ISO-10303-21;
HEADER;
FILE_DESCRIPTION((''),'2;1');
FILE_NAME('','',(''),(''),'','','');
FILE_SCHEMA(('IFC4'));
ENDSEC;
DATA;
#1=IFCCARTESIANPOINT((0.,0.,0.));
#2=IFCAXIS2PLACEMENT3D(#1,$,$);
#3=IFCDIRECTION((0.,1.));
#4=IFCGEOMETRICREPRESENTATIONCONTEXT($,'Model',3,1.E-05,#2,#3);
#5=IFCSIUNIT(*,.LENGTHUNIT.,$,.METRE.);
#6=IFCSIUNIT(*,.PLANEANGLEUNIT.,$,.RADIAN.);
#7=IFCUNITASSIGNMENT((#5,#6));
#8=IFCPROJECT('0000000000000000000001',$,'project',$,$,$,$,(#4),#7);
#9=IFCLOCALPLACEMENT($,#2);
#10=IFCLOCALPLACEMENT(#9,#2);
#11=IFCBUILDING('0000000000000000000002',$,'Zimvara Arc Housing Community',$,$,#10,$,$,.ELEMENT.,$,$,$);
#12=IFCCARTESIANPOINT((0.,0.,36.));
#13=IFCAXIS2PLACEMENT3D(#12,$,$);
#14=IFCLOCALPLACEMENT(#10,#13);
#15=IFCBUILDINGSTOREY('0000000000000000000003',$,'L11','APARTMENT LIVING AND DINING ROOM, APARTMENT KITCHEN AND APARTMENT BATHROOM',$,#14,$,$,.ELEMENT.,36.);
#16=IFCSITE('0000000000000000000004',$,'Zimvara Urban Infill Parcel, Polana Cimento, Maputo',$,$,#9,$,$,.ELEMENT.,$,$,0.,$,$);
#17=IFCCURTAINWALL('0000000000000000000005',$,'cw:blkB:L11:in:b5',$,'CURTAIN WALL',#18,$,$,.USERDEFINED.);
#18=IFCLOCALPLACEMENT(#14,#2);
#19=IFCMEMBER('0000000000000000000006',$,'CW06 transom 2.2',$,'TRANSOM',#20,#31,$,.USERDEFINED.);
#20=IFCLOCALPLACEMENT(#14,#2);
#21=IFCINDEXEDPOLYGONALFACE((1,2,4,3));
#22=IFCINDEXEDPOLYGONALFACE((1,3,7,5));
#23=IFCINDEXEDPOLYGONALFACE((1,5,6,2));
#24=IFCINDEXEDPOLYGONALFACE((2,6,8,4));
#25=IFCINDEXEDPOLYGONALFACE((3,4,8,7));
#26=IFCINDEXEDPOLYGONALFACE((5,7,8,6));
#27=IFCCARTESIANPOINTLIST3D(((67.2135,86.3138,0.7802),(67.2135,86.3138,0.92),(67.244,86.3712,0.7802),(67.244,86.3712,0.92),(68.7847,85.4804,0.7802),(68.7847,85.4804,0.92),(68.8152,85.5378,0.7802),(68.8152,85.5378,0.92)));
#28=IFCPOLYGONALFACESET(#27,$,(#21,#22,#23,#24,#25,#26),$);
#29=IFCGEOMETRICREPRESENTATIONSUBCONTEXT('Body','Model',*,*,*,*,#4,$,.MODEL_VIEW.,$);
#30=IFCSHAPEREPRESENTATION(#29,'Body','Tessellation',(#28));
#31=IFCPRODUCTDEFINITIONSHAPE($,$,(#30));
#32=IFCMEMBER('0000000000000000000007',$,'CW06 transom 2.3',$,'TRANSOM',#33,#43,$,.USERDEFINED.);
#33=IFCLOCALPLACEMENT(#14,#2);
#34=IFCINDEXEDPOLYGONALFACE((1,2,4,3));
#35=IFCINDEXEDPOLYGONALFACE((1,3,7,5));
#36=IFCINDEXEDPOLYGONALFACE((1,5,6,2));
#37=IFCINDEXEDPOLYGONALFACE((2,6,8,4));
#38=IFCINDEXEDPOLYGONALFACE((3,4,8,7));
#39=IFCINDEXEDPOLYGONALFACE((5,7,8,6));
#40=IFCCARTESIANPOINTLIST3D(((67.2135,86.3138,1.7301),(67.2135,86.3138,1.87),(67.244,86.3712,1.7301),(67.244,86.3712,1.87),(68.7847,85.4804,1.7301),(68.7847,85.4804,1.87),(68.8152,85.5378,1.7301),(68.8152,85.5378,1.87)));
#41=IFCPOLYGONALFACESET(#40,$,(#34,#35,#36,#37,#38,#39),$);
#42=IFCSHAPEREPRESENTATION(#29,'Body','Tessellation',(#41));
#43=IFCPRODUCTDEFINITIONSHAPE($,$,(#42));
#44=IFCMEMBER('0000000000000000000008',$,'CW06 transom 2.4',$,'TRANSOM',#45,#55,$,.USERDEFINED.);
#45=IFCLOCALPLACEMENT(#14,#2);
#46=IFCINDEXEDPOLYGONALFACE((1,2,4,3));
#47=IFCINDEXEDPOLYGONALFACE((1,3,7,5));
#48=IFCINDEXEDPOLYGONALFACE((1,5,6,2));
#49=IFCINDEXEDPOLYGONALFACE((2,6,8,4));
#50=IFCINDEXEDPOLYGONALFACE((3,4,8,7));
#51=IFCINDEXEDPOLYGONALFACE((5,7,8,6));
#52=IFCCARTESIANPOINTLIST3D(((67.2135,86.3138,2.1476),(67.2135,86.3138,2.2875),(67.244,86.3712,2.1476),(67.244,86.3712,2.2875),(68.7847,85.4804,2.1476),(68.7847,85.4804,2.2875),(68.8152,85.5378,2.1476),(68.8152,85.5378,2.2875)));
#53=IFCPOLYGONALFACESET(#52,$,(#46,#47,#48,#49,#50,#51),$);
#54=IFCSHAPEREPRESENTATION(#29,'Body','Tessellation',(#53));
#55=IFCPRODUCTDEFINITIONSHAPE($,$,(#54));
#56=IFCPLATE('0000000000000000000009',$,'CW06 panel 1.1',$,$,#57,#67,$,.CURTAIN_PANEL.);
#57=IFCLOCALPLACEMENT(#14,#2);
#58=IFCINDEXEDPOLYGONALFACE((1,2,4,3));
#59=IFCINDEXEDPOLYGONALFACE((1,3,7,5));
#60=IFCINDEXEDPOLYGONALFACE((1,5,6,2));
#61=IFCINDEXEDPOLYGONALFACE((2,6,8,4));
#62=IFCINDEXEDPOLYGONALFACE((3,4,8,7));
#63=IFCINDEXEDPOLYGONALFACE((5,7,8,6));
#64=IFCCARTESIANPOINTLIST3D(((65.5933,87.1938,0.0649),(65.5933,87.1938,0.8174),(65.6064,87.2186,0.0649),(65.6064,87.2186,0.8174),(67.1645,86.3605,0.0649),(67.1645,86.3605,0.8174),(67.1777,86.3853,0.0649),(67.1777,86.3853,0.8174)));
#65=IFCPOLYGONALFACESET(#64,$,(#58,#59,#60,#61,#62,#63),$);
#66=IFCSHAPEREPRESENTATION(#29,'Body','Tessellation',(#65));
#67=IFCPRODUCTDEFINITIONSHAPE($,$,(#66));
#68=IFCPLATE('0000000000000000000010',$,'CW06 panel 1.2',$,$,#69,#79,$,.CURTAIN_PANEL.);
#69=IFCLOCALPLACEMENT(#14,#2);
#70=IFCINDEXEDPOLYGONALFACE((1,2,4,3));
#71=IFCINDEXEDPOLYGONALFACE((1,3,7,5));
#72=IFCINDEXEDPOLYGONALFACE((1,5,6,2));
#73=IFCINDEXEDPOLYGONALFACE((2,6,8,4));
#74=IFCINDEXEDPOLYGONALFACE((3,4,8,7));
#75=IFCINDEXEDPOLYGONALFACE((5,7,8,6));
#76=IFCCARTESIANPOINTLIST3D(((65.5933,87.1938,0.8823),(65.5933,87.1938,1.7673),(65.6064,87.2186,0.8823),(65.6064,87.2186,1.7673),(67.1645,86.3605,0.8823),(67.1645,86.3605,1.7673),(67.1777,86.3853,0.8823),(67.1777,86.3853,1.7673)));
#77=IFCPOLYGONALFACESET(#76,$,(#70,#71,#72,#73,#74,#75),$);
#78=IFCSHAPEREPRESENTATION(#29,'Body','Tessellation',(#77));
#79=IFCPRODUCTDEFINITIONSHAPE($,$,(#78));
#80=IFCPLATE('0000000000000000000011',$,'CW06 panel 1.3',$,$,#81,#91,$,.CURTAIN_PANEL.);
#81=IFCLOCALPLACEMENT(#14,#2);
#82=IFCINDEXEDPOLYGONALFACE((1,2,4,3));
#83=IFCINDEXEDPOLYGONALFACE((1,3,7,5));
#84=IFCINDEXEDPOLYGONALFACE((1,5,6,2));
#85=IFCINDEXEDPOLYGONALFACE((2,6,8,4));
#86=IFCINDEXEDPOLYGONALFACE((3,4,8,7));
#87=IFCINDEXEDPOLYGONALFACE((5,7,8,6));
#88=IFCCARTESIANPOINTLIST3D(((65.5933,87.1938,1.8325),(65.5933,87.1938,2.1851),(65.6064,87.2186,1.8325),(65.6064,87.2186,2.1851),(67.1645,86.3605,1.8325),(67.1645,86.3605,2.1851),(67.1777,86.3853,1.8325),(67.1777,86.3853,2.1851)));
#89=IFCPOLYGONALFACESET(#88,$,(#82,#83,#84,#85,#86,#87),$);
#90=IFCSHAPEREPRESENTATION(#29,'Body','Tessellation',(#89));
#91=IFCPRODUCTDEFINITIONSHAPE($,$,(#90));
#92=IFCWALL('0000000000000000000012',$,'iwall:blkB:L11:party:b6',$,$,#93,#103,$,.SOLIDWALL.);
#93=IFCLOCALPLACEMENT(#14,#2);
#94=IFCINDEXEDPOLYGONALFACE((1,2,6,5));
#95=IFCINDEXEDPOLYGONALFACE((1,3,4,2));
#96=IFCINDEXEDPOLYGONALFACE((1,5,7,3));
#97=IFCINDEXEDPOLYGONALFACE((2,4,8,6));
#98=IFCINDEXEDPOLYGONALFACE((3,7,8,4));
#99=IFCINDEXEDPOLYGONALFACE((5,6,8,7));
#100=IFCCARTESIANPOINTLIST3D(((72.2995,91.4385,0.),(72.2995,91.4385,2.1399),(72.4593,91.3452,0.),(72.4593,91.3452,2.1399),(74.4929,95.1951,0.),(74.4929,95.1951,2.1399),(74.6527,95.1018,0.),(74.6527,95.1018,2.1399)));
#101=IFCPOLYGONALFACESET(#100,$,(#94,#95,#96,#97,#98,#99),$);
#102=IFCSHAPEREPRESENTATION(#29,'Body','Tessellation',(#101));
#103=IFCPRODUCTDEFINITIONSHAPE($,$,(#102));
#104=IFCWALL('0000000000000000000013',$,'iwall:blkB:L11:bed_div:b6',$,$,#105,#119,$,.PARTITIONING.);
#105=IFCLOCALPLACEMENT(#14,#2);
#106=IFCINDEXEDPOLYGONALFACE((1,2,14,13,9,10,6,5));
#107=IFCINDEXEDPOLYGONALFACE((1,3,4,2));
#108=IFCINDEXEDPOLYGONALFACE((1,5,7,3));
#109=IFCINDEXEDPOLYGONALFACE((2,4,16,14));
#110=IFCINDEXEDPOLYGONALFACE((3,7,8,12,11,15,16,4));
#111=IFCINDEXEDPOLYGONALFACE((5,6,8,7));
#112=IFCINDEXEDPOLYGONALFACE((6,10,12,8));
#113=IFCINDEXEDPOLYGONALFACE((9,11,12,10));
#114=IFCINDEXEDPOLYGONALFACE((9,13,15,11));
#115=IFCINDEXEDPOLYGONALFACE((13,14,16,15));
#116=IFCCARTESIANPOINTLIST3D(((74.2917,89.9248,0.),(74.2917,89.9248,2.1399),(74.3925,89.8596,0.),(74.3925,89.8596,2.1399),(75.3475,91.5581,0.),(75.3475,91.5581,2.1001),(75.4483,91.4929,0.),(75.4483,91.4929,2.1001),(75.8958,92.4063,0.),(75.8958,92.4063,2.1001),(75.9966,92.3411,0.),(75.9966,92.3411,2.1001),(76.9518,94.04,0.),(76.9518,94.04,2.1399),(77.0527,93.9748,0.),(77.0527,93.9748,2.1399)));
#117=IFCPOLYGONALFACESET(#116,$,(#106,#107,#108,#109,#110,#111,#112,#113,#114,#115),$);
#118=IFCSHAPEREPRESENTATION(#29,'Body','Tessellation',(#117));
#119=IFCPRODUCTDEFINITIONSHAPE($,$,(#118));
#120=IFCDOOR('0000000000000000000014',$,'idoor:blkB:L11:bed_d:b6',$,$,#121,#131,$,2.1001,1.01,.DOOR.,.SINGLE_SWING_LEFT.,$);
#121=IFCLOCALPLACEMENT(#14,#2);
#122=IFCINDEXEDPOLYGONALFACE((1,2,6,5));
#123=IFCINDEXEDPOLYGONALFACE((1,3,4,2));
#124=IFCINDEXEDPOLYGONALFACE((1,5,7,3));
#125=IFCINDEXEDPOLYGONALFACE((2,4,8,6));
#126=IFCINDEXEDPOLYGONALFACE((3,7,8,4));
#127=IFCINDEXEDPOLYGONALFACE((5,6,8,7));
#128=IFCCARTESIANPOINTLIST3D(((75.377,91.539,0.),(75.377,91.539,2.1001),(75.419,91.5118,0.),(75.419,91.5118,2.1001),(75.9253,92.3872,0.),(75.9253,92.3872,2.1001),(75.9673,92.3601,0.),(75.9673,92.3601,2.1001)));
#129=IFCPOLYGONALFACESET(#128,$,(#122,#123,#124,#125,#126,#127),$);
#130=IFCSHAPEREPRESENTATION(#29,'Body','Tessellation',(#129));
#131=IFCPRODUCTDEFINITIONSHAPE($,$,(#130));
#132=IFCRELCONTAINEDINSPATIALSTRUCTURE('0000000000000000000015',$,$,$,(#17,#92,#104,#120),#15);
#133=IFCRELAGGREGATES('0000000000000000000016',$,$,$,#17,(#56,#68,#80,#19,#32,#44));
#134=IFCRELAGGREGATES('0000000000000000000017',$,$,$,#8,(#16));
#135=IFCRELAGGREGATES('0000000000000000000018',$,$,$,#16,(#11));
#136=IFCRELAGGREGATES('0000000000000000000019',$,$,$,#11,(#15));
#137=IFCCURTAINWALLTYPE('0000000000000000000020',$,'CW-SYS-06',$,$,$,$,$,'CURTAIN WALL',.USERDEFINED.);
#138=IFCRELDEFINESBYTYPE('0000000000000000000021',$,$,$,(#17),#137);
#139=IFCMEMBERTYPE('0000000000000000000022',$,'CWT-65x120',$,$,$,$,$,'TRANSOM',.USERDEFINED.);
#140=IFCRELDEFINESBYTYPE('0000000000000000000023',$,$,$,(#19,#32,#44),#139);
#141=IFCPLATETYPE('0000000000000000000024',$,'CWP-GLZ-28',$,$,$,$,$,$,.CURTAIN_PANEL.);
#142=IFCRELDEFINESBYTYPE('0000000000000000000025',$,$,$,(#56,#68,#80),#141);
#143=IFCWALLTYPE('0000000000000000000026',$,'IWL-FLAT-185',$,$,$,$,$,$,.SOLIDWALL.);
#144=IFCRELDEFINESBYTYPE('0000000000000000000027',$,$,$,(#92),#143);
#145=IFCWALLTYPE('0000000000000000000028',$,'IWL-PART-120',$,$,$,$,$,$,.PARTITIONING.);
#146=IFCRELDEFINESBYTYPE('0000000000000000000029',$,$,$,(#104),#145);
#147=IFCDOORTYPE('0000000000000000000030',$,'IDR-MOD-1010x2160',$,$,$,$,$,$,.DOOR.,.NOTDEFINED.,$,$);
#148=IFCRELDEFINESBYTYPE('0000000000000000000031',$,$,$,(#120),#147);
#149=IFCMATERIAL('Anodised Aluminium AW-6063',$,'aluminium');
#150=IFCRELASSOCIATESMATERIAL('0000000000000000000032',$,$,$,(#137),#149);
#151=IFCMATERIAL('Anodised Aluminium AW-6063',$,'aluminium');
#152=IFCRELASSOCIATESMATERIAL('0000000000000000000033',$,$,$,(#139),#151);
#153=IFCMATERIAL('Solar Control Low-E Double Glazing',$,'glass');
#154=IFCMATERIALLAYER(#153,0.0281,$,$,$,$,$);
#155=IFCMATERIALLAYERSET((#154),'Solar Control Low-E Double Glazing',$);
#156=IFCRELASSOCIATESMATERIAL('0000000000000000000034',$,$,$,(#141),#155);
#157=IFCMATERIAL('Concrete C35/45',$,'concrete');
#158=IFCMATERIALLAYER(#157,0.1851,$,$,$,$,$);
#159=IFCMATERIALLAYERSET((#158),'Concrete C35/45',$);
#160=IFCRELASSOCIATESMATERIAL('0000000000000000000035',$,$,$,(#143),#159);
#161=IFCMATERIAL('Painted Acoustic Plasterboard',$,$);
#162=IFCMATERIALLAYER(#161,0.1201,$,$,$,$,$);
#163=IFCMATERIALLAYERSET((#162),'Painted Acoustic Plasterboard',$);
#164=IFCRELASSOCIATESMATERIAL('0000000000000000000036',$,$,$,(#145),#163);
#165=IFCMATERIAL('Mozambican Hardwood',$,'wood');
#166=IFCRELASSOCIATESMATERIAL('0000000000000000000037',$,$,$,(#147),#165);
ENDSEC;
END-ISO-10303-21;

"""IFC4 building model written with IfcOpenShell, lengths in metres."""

from ifc_helpers import new_model, si_unit, direction, frame, frame_2d, origin, origin_2d, place, context, subcontext, project, spatial, rectangle, extrude, material, layer, layer_set, material_profile, profile_set, type_object, element, fill, aggregate, save


model = new_model("IFC4")

# Units and contexts
model_context = context("Model", 3, precision=1e-05, world=origin(), true_north=direction((0.0, 1.0)))
body_context = subcontext(model_context, "Body", "Model", "MODEL_VIEW")
ifc_project = project(units=[si_unit("LENGTHUNIT", "METRE"), si_unit("PLANEANGLEUNIT", "RADIAN")], contexts=[model_context])

# Site, building, storey
site_placement = place(None, origin())
site = spatial("IfcSite", under=ifc_project, at=site_placement, Name="Zimvara Urban Infill Parcel, Polana Cimento, Maputo", CompositionType="ELEMENT", RefElevation=0.0)
building_placement = place(site_placement, origin())
building = spatial("IfcBuilding", under=site, at=building_placement, Name="Zimvara Arc Housing Community", CompositionType="ELEMENT")
storey_placement = place(building_placement, frame((0.0, 0.0, 36.0)))
storey = spatial("IfcBuildingStorey", under=building, at=storey_placement, Name="L11", Description="APARTMENT LIVING AND DINING ROOM, APARTMENT KITCHEN AND APARTMENT BATHROOM", CompositionType="ELEMENT", Elevation=36.0)

# Curtain wall, members, plates
ifc_material_1 = material(Name="Anodised Aluminium AW-6063", Category="aluminium")
curtain_wall_type = type_object("IfcCurtainWallType", Name="CW-SYS-06", ElementType="CURTAIN WALL", PredefinedType="USERDEFINED", material=ifc_material_1)
curtain_wall_placement = place(storey_placement, origin())
curtain_wall = element("IfcCurtainWall", 1, at=curtain_wall_placement, inside=storey, type_object=curtain_wall_type, Name="cw:blkB:L11:in:b5", ObjectType="CURTAIN WALL", PredefinedType="USERDEFINED")
ifc_material_2 = material(Name="Anodised Aluminium AW-6063", Category="aluminium")
ifc_material_profile_1 = material_profile(ifc_material_2, rectangle(XDim=0.0649, YDim=0.1399, at=origin_2d()), Name="ALU 65x140")
ifc_profile_set_1 = profile_set([ifc_material_profile_1], Name="Anodised Aluminium AW-6063")
member_type_1 = type_object("IfcMemberType", Name="CWT-65x120", ElementType="TRANSOM", PredefinedType="USERDEFINED", material=ifc_profile_set_1)
member_1_placement = place(storey_placement, frame((67.2288, 86.3425, 0.8501), z_axis=(0.883407, -0.468607, 0.0), x_axis=(0.468607, 0.883407, 0.0)))
member_1 = element("IfcMember", 2, at=member_1_placement, type_object=member_type_1, Name="CW06 transom 2.2", ObjectType="TRANSOM", PredefinedType="USERDEFINED", context=body_context, shape_type="SweptSolid", body=[
    extrude(rectangle(XDim=0.0649, YDim=0.1399, at=origin_2d()), origin(), (0.0, 0.0, 1.0), 1.7786),
])
member_2_placement = place(storey_placement, frame((67.2288, 86.3425, 1.8), z_axis=(0.883407, -0.468607, 0.0), x_axis=(0.468607, 0.883407, 0.0)))
member_2 = element("IfcMember", 3, at=member_2_placement, type_object=member_type_1, Name="CW06 transom 2.3", ObjectType="TRANSOM", PredefinedType="USERDEFINED", context=body_context, shape_type="SweptSolid", body=[
    extrude(rectangle(XDim=0.0649, YDim=0.1399, at=origin_2d()), origin(), (0.0, 0.0, 1.0), 1.7786),
])
member_3_placement = place(storey_placement, frame((67.2288, 86.3425, 2.2175), z_axis=(0.883407, -0.468607, 0.0), x_axis=(0.468607, 0.883407, 0.0)))
member_3 = element("IfcMember", 4, at=member_3_placement, type_object=member_type_1, Name="CW06 transom 2.4", ObjectType="TRANSOM", PredefinedType="USERDEFINED", context=body_context, shape_type="SweptSolid", body=[
    extrude(rectangle(XDim=0.0649, YDim=0.1399, at=origin_2d()), origin(), (0.0, 0.0, 1.0), 1.7786),
])
ifc_material_3 = material(Name="Solar Control Low-E Double Glazing", Category="glass")
ifc_layer_1 = layer(ifc_material_3, 0.0281)
ifc_layer_set_1 = layer_set([ifc_layer_1], Name="Solar Control Low-E Double Glazing")
plate_type = type_object("IfcPlateType", Name="CWP-GLZ-28", PredefinedType="CURTAIN_PANEL", material=ifc_layer_set_1)
plate_1_placement = place(storey_placement, frame((66.3855, 86.7896, 0.0649), z_axis=(0.0, 0.0, 1.0), x_axis=(0.883439, -0.468547, 0.0)))
plate_1 = element("IfcPlate", 5, at=plate_1_placement, type_object=plate_type, Name="CW06 panel 1.1", PredefinedType="CURTAIN_PANEL", context=body_context, shape_type="SweptSolid", body=[
    extrude(rectangle(XDim=1.7786, YDim=0.0281, at=origin_2d()), origin(), (0.0, 0.0, 1.0), 0.7524),
])
plate_2_placement = place(storey_placement, frame((66.3855, 86.7896, 0.8823), z_axis=(0.0, 0.0, 1.0), x_axis=(0.883439, -0.468547, 0.0)))
plate_2 = element("IfcPlate", 6, at=plate_2_placement, type_object=plate_type, Name="CW06 panel 1.2", PredefinedType="CURTAIN_PANEL", context=body_context, shape_type="SweptSolid", body=[
    extrude(rectangle(XDim=1.7786, YDim=0.0281, at=origin_2d()), origin(), (0.0, 0.0, 1.0), 0.885),
])
plate_3_placement = place(storey_placement, frame((66.3855, 86.7896, 1.8325), z_axis=(0.0, 0.0, 1.0), x_axis=(0.883439, -0.468547, 0.0)))
plate_3 = element("IfcPlate", 7, at=plate_3_placement, type_object=plate_type, Name="CW06 panel 1.3", PredefinedType="CURTAIN_PANEL", context=body_context, shape_type="SweptSolid", body=[
    extrude(rectangle(XDim=1.7786, YDim=0.0281, at=origin_2d()), origin(), (0.0, 0.0, 1.0), 0.3525),
])
aggregate(curtain_wall, [plate_1, plate_2, plate_3, member_1, member_2, member_3])

# Wall
ifc_material_4 = material(Name="Concrete C35/45", Category="concrete")
ifc_layer_2 = layer(ifc_material_4, 0.1851)
ifc_layer_set_2 = layer_set([ifc_layer_2], Name="Concrete C35/45")
wall_type_1 = type_object("IfcWallType", Name="IWL-FLAT-185", PredefinedType="SOLIDWALL", material=ifc_layer_set_2)
wall_1_placement = place(storey_placement, frame((72.3794, 91.3918, 0.0), z_axis=(0.0, 0.0, 1.0), x_axis=(0.504216, 0.863577, 0.0)))
element("IfcWall", 8, at=wall_1_placement, inside=storey, type_object=wall_type_1, Name="iwall:blkB:L11:party:b6", PredefinedType="SOLIDWALL", context=body_context, shape_type="SweptSolid", body=[
    extrude(rectangle(XDim=4.3501, YDim=0.1851, at=frame_2d((2.175, 0.0))), origin(), (0.0, 0.0, 1.0), 2.1399),
])

# Wall, opening, door
ifc_material_5 = material(Name="Painted Acoustic Plasterboard")
ifc_layer_3 = layer(ifc_material_5, 0.1201)
ifc_layer_set_3 = layer_set([ifc_layer_3], Name="Painted Acoustic Plasterboard")
wall_type_2 = type_object("IfcWallType", Name="IWL-PART-120", PredefinedType="PARTITIONING", material=ifc_layer_set_3)
wall_2_placement = place(storey_placement, frame((74.342, 89.8921, 0.0), z_axis=(0.0, 0.0, 1.0), x_axis=(0.542871, 0.839816, 0.0)))
wall_2 = element("IfcWall", 9, at=wall_2_placement, inside=storey, type_object=wall_type_2, Name="iwall:blkB:L11:bed_div:b6", PredefinedType="PARTITIONING", context=body_context, shape_type="SweptSolid", body=[
    extrude(rectangle(XDim=4.9001, YDim=0.1201, at=frame_2d((2.4502, 0.0))), origin(), (0.0, 0.0, 1.0), 2.1399),
])
opening_1_placement = place(wall_2_placement, frame((1.9451, 0.0, 0.0)))
opening_1 = element("IfcOpeningElement", 10, at=opening_1_placement, cuts=wall_2, PredefinedType="OPENING", context=body_context, shape_type="SweptSolid", body=[
    extrude(rectangle(XDim=1.01, YDim=2.1001, at=frame_2d((0.5049, 1.05))), frame((0.0, 0.0701, 0.0), z_axis=(0.0, -1.0, 0.0), x_axis=(1.0, 0.0, 0.0)), (0.0, 0.0, 1.0), 0.1401),
])
ifc_material_6 = material(Name="Mozambican Hardwood", Category="wood")
door_type_1 = type_object("IfcDoorType", Name="IDR-MOD-1010x2160", OperationType="NOTDEFINED", PredefinedType="DOOR", material=ifc_material_6)
door_1_placement = place(opening_1_placement, origin())
door_1 = element("IfcDoor", 11, at=door_1_placement, inside=storey, type_object=door_type_1, Name="idoor:blkB:L11:bed_d:b6", OperationType="SINGLE_SWING_LEFT", OverallHeight=2.1001, OverallWidth=1.01, PredefinedType="DOOR", context=body_context, shape_type="SweptSolid", body=[
    extrude(rectangle(XDim=1.01, YDim=2.1001, at=frame_2d((0.5049, 1.05))), frame((0.0, 0.0249, 0.0), z_axis=(0.0, -1.0, 0.0), x_axis=(1.0, 0.0, 0.0)), (0.0, 0.0, 1.0), 0.05),
])
fill(opening_1, door_1)

save(model, "model.ifc")
